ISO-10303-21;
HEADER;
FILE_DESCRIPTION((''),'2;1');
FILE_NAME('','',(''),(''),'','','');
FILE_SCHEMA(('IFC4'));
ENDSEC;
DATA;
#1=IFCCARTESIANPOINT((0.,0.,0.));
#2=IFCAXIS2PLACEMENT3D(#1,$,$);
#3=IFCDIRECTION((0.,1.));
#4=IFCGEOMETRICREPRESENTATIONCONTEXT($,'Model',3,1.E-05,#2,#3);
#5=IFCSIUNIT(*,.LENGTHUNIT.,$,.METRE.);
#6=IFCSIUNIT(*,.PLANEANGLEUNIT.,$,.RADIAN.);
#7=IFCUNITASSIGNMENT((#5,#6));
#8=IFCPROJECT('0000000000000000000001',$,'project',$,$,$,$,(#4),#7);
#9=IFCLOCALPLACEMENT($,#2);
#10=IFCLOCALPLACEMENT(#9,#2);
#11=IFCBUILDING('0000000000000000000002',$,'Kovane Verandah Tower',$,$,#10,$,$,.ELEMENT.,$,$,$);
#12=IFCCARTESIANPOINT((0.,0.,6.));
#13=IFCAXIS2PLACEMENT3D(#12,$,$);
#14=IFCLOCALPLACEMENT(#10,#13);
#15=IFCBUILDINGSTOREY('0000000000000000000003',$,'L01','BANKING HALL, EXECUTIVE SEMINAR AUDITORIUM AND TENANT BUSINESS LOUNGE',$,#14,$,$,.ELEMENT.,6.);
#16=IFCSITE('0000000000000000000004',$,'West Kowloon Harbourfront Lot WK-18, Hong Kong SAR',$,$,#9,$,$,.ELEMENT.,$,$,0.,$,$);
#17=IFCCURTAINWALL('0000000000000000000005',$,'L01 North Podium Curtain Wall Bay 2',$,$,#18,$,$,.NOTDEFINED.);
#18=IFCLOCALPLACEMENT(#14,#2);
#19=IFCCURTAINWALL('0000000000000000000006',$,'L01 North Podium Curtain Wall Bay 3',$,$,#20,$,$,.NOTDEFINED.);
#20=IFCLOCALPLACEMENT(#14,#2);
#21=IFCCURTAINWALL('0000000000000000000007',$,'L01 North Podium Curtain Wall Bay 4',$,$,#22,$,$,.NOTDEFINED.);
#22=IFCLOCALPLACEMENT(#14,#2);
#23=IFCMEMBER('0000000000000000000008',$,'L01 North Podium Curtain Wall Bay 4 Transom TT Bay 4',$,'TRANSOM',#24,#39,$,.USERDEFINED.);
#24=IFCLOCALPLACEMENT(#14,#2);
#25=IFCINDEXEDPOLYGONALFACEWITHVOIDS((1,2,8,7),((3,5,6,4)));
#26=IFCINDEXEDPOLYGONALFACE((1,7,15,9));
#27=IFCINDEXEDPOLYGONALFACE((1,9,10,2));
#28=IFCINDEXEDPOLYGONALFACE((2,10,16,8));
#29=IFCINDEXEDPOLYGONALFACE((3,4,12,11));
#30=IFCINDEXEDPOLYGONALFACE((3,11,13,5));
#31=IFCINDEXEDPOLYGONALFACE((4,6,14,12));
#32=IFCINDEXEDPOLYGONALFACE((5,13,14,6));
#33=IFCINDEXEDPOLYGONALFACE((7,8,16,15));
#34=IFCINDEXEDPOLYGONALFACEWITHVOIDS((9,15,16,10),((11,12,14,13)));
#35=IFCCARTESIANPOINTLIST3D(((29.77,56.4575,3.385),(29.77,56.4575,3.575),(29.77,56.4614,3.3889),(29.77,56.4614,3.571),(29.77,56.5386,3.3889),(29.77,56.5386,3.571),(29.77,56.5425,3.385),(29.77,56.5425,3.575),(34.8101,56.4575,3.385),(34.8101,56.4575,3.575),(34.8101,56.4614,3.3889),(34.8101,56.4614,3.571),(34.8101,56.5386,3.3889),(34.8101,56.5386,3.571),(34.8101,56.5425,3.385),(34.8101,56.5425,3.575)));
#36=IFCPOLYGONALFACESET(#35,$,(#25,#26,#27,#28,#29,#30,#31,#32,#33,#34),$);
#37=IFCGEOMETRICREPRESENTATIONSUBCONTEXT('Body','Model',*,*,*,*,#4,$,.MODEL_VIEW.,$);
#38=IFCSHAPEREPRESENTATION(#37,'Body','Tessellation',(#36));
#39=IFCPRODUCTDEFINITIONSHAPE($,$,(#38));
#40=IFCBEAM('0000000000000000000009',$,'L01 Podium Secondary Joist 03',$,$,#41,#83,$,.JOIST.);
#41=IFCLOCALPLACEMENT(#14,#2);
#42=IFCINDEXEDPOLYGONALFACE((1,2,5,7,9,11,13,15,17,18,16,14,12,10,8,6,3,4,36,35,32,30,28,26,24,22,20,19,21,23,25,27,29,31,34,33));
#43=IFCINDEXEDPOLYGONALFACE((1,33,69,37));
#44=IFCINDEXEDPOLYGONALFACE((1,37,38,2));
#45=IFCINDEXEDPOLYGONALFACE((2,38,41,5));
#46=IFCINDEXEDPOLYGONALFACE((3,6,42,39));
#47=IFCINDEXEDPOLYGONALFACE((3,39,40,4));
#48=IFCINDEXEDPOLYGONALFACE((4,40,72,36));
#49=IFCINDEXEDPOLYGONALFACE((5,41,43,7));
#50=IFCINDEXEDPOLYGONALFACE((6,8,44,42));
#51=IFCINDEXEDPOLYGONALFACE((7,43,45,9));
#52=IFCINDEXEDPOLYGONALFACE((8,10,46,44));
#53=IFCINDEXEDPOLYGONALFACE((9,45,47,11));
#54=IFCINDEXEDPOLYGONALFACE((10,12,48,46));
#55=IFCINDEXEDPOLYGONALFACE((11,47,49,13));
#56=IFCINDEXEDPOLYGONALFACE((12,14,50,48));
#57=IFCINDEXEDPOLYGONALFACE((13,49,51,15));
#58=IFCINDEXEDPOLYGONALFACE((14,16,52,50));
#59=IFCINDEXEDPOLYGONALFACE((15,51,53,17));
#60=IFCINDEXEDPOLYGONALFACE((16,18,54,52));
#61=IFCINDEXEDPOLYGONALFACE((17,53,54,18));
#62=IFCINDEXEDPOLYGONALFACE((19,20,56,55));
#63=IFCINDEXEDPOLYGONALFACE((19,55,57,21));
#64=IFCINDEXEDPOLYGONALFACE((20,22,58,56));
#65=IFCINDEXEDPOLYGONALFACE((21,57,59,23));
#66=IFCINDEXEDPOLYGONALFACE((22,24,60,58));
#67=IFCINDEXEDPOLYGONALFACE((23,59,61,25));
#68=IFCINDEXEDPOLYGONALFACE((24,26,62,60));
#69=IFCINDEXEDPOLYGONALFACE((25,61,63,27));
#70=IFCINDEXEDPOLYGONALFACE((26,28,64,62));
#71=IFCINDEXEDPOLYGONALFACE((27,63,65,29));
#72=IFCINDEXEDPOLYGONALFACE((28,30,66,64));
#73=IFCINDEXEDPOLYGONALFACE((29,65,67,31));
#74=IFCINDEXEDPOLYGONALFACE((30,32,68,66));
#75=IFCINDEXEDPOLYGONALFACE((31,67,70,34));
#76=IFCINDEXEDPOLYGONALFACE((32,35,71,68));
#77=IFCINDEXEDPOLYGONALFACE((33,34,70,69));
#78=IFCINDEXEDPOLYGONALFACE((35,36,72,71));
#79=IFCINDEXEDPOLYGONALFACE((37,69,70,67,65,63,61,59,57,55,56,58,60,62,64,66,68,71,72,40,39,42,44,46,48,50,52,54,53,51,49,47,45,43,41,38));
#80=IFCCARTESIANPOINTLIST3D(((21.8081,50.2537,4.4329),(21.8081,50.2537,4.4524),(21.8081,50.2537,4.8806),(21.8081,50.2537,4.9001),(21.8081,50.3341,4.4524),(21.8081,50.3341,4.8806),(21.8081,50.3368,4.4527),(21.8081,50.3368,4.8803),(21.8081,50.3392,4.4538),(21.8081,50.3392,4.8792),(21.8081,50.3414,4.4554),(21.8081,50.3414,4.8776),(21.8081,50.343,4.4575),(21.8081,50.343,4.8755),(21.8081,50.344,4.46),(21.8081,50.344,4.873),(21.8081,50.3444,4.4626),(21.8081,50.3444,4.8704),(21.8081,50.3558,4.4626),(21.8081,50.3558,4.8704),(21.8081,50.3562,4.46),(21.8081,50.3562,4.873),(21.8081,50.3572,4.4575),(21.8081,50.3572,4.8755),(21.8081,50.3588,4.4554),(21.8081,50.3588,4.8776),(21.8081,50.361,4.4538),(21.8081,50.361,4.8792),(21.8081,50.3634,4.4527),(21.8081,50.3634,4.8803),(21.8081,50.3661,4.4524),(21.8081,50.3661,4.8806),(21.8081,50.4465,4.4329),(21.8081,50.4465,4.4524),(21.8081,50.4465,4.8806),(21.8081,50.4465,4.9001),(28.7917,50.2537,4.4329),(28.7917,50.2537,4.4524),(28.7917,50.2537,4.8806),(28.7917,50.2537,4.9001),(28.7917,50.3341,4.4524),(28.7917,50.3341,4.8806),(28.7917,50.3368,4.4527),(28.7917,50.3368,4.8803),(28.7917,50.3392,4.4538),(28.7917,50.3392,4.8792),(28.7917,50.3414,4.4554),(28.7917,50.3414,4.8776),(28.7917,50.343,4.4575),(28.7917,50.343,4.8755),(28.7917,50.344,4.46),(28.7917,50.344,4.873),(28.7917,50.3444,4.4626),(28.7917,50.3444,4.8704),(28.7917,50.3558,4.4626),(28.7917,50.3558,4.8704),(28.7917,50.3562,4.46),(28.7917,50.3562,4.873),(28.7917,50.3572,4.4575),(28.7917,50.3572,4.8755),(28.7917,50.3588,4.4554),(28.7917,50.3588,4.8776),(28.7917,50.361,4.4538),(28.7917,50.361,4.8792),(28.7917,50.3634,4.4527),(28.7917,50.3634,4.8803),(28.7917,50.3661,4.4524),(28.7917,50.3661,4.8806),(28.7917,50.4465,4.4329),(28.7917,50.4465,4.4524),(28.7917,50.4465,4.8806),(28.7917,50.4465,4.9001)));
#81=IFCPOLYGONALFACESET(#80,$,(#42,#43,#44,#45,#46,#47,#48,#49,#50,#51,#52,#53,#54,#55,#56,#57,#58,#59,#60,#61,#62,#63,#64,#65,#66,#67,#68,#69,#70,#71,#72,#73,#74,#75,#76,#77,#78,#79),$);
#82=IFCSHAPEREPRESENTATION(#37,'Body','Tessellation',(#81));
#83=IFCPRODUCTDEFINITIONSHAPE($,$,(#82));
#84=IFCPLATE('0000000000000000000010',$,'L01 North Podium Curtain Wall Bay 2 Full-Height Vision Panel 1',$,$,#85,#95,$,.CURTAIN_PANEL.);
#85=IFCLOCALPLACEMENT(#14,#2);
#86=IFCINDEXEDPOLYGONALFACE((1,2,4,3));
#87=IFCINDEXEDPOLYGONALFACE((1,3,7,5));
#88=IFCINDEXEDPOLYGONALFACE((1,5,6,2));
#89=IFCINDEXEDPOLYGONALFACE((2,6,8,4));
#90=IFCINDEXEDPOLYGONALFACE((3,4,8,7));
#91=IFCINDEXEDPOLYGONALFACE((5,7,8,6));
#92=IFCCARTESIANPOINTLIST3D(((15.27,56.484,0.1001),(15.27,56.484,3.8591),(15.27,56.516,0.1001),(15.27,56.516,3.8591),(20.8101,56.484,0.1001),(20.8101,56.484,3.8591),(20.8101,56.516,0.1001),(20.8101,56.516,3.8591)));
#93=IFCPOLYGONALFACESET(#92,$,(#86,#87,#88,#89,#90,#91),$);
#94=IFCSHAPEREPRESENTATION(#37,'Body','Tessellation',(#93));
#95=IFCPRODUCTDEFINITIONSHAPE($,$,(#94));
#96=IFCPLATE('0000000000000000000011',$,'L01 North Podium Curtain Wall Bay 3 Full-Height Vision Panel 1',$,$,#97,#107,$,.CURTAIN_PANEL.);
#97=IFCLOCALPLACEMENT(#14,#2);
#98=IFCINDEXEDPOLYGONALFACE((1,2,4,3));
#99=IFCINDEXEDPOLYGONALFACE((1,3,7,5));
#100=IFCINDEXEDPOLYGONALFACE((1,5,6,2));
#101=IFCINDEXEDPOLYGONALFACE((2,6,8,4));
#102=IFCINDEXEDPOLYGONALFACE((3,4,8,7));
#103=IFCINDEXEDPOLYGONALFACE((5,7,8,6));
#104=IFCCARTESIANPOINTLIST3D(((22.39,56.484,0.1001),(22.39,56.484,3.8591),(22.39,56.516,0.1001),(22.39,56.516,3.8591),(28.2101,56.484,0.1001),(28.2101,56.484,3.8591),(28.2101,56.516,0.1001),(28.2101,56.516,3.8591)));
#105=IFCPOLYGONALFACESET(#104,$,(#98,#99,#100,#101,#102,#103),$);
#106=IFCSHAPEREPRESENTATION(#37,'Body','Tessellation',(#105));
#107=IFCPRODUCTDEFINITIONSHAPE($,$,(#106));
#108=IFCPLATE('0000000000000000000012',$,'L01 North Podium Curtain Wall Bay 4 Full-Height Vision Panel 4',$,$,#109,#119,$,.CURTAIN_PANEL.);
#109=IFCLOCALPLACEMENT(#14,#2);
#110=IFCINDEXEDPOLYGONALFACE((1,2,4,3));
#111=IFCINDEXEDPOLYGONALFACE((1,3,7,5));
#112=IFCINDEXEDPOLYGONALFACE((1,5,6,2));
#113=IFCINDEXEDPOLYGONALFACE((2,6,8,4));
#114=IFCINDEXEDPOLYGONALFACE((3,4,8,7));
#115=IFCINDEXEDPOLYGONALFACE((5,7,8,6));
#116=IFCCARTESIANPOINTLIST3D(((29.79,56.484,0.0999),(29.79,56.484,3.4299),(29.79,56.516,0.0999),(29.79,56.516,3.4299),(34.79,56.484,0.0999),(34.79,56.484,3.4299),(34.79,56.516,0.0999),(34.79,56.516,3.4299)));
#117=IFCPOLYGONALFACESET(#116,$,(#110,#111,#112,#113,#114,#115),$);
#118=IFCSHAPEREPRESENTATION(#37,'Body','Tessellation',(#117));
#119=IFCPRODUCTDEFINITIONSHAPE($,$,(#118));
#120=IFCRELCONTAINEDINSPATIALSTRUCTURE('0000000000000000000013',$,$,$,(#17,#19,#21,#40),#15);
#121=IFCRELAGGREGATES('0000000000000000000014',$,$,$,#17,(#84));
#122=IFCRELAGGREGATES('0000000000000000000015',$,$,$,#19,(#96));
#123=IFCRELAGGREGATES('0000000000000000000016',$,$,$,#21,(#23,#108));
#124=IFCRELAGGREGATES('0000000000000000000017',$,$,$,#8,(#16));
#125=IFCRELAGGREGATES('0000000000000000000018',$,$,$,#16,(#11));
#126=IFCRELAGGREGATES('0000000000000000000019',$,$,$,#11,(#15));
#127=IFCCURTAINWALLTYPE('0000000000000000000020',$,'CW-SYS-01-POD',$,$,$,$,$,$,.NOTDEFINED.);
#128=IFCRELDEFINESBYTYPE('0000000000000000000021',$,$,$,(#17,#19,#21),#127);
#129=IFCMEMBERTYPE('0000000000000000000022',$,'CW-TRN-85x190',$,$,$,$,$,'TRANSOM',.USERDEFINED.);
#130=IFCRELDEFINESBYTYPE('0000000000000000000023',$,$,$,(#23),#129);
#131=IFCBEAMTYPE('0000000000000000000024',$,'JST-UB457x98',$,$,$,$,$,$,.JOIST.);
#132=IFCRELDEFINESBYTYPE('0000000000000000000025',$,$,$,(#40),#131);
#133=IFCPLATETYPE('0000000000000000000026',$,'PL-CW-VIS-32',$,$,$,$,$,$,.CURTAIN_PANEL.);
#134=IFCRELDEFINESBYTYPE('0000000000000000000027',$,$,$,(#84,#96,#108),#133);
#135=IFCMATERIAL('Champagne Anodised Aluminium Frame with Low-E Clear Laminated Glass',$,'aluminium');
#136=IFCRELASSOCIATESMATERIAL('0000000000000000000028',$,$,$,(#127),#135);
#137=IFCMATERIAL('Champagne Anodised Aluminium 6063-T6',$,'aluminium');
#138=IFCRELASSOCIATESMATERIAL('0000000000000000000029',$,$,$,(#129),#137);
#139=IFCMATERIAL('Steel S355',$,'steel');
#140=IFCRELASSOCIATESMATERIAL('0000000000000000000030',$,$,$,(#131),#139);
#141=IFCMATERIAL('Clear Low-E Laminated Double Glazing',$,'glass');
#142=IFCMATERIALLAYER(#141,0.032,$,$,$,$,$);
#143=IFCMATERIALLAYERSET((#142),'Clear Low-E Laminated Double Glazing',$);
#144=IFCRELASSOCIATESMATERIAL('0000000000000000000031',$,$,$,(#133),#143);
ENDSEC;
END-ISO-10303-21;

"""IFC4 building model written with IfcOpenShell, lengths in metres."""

from ifc_helpers import new_model, si_unit, direction, frame, origin, origin_2d, place, context, subcontext, project, spatial, rectangle, hollow_rectangle, i_section, extrude, material, layer, layer_set, material_profile, profile_set, type_object, element, aggregate, save


model = new_model("IFC4")

# Units and contexts
model_context = context("Model", 3, precision=1e-05, world=origin(), true_north=direction((0.0, 1.0)))
body_context = subcontext(model_context, "Body", "Model", "MODEL_VIEW")
ifc_project = project(units=[si_unit("LENGTHUNIT", "METRE"), si_unit("PLANEANGLEUNIT", "RADIAN")], contexts=[model_context])

# Site, building, storey
site_placement = place(None, origin())
site = spatial("IfcSite", under=ifc_project, at=site_placement, Name="West Kowloon Harbourfront Lot WK-18, Hong Kong SAR", CompositionType="ELEMENT", RefElevation=0.0)
building_placement = place(site_placement, origin())
building = spatial("IfcBuilding", under=site, at=building_placement, Name="Kovane Verandah Tower", CompositionType="ELEMENT")
storey_placement = place(building_placement, frame((0.0, 0.0, 6.0)))
storey = spatial("IfcBuildingStorey", under=building, at=storey_placement, Name="L01", Description="BANKING HALL, EXECUTIVE SEMINAR AUDITORIUM AND TENANT BUSINESS LOUNGE", CompositionType="ELEMENT", Elevation=6.0)

# Curtain walls
ifc_material_1 = material(Name="Champagne Anodised Aluminium Frame with Low-E Clear Laminated Glass", Category="aluminium")
curtain_wall_type = type_object("IfcCurtainWallType", Name="CW-SYS-01-POD", PredefinedType="NOTDEFINED", material=ifc_material_1)
curtain_wall_1_placement = place(storey_placement, origin())
curtain_wall_1 = element("IfcCurtainWall", 1, at=curtain_wall_1_placement, inside=storey, type_object=curtain_wall_type, Name="L01 North Podium Curtain Wall Bay 2", PredefinedType="NOTDEFINED")
ifc_material_2 = material(Name="Champagne Anodised Aluminium 6063-T6", Category="aluminium")
curtain_wall_2_placement = place(storey_placement, origin())
curtain_wall_2 = element("IfcCurtainWall", 2, at=curtain_wall_2_placement, inside=storey, type_object=curtain_wall_type, Name="L01 North Podium Curtain Wall Bay 3", PredefinedType="NOTDEFINED")
curtain_wall_3_placement = place(storey_placement, origin())
curtain_wall_3 = element("IfcCurtainWall", 3, at=curtain_wall_3_placement, inside=storey, type_object=curtain_wall_type, Name="L01 North Podium Curtain Wall Bay 4", PredefinedType="NOTDEFINED")

# Member
ifc_material_profile_1 = material_profile(ifc_material_2, hollow_rectangle(XDim=0.085, YDim=0.1899, WallThickness=0.0039, at=origin_2d()), Name="AL85x190x4")
ifc_profile_set_1 = profile_set([ifc_material_profile_1], Name="Champagne Anodised Aluminium 6063-T6")
member_type_1 = type_object("IfcMemberType", Name="CW-TRN-85x190", ElementType="TRANSOM", PredefinedType="USERDEFINED", material=ifc_profile_set_1)
member_1_placement = place(storey_placement, frame((34.8101, 56.5, 3.48), z_axis=(-1.0, 0.0, 0.0), x_axis=(0.0, -1.0, 0.0)))
member_1 = element("IfcMember", 4, at=member_1_placement, type_object=member_type_1, Name="L01 North Podium Curtain Wall Bay 4 Transom TT Bay 4", ObjectType="TRANSOM", PredefinedType="USERDEFINED", context=body_context, shape_type="SweptSolid", body=[
    extrude(hollow_rectangle(XDim=0.085, YDim=0.1899, WallThickness=0.0039, at=origin_2d()), origin(), (0.0, 0.0, 1.0), 5.04),
])

# Beam
ifc_material_3 = material(Name="Steel S355", Category="steel")
ifc_material_profile_2 = material_profile(ifc_material_3, i_section(OverallWidth=0.1929, OverallDepth=0.4673, WebThickness=0.0115, FlangeThickness=0.0195, FilletRadius=0.0103, at=origin_2d()), Name="UB457x191x98")
ifc_profile_set_2 = profile_set([ifc_material_profile_2], Name="Steel S355")
beam_type_1 = type_object("IfcBeamType", Name="JST-UB457x98", PredefinedType="JOIST", material=ifc_profile_set_2)
beam_1_placement = place(storey_placement, frame((21.8081, 50.3501, 4.6665), z_axis=(1.0, 0.0, 0.0), x_axis=(0.0, 1.0, 0.0)))
element("IfcBeam", 5, at=beam_1_placement, inside=storey, type_object=beam_type_1, Name="L01 Podium Secondary Joist 03", PredefinedType="JOIST", context=body_context, shape_type="SweptSolid", body=[
    extrude(i_section(OverallWidth=0.1929, OverallDepth=0.4673, WebThickness=0.0115, FlangeThickness=0.0195, FilletRadius=0.0103, at=origin_2d()), origin(), (0.0, 0.0, 1.0), 6.9836),
])

# Plates
ifc_material_4 = material(Name="Clear Low-E Laminated Double Glazing", Category="glass")
ifc_layer = layer(ifc_material_4, 0.032)
ifc_layer_set = layer_set([ifc_layer], Name="Clear Low-E Laminated Double Glazing")
plate_type = type_object("IfcPlateType", Name="PL-CW-VIS-32", PredefinedType="CURTAIN_PANEL", material=ifc_layer_set)
plate_1_placement = place(storey_placement, frame((18.04, 56.5, 0.1001), z_axis=(0.0, 0.0, 1.0), x_axis=(-1.0, 0.0, 0.0)))
plate_1 = element("IfcPlate", 6, at=plate_1_placement, type_object=plate_type, Name="L01 North Podium Curtain Wall Bay 2 Full-Height Vision Panel 1", PredefinedType="CURTAIN_PANEL", context=body_context, shape_type="SweptSolid", body=[
    extrude(rectangle(XDim=5.54, YDim=0.032, at=origin_2d()), origin(), (0.0, 0.0, 1.0), 3.759),
])
aggregate(curtain_wall_1, [plate_1])
plate_2_placement = place(storey_placement, frame((25.3, 56.5, 0.1001), z_axis=(0.0, 0.0, 1.0), x_axis=(-1.0, 0.0, 0.0)))
plate_2 = element("IfcPlate", 7, at=plate_2_placement, type_object=plate_type, Name="L01 North Podium Curtain Wall Bay 3 Full-Height Vision Panel 1", PredefinedType="CURTAIN_PANEL", context=body_context, shape_type="SweptSolid", body=[
    extrude(rectangle(XDim=5.8201, YDim=0.032, at=origin_2d()), origin(), (0.0, 0.0, 1.0), 3.759),
])
aggregate(curtain_wall_2, [plate_2])
plate_3_placement = place(storey_placement, frame((32.29, 56.5, 0.0999), z_axis=(0.0, 0.0, 1.0), x_axis=(-1.0, 0.0, 0.0)))
plate_3 = element("IfcPlate", 8, at=plate_3_placement, type_object=plate_type, Name="L01 North Podium Curtain Wall Bay 4 Full-Height Vision Panel 4", PredefinedType="CURTAIN_PANEL", context=body_context, shape_type="SweptSolid", body=[
    extrude(rectangle(XDim=5.0, YDim=0.032, at=origin_2d()), origin(), (0.0, 0.0, 1.0), 3.3301),
])
aggregate(curtain_wall_3, [member_1, plate_3])

save(model, "model.ifc")
